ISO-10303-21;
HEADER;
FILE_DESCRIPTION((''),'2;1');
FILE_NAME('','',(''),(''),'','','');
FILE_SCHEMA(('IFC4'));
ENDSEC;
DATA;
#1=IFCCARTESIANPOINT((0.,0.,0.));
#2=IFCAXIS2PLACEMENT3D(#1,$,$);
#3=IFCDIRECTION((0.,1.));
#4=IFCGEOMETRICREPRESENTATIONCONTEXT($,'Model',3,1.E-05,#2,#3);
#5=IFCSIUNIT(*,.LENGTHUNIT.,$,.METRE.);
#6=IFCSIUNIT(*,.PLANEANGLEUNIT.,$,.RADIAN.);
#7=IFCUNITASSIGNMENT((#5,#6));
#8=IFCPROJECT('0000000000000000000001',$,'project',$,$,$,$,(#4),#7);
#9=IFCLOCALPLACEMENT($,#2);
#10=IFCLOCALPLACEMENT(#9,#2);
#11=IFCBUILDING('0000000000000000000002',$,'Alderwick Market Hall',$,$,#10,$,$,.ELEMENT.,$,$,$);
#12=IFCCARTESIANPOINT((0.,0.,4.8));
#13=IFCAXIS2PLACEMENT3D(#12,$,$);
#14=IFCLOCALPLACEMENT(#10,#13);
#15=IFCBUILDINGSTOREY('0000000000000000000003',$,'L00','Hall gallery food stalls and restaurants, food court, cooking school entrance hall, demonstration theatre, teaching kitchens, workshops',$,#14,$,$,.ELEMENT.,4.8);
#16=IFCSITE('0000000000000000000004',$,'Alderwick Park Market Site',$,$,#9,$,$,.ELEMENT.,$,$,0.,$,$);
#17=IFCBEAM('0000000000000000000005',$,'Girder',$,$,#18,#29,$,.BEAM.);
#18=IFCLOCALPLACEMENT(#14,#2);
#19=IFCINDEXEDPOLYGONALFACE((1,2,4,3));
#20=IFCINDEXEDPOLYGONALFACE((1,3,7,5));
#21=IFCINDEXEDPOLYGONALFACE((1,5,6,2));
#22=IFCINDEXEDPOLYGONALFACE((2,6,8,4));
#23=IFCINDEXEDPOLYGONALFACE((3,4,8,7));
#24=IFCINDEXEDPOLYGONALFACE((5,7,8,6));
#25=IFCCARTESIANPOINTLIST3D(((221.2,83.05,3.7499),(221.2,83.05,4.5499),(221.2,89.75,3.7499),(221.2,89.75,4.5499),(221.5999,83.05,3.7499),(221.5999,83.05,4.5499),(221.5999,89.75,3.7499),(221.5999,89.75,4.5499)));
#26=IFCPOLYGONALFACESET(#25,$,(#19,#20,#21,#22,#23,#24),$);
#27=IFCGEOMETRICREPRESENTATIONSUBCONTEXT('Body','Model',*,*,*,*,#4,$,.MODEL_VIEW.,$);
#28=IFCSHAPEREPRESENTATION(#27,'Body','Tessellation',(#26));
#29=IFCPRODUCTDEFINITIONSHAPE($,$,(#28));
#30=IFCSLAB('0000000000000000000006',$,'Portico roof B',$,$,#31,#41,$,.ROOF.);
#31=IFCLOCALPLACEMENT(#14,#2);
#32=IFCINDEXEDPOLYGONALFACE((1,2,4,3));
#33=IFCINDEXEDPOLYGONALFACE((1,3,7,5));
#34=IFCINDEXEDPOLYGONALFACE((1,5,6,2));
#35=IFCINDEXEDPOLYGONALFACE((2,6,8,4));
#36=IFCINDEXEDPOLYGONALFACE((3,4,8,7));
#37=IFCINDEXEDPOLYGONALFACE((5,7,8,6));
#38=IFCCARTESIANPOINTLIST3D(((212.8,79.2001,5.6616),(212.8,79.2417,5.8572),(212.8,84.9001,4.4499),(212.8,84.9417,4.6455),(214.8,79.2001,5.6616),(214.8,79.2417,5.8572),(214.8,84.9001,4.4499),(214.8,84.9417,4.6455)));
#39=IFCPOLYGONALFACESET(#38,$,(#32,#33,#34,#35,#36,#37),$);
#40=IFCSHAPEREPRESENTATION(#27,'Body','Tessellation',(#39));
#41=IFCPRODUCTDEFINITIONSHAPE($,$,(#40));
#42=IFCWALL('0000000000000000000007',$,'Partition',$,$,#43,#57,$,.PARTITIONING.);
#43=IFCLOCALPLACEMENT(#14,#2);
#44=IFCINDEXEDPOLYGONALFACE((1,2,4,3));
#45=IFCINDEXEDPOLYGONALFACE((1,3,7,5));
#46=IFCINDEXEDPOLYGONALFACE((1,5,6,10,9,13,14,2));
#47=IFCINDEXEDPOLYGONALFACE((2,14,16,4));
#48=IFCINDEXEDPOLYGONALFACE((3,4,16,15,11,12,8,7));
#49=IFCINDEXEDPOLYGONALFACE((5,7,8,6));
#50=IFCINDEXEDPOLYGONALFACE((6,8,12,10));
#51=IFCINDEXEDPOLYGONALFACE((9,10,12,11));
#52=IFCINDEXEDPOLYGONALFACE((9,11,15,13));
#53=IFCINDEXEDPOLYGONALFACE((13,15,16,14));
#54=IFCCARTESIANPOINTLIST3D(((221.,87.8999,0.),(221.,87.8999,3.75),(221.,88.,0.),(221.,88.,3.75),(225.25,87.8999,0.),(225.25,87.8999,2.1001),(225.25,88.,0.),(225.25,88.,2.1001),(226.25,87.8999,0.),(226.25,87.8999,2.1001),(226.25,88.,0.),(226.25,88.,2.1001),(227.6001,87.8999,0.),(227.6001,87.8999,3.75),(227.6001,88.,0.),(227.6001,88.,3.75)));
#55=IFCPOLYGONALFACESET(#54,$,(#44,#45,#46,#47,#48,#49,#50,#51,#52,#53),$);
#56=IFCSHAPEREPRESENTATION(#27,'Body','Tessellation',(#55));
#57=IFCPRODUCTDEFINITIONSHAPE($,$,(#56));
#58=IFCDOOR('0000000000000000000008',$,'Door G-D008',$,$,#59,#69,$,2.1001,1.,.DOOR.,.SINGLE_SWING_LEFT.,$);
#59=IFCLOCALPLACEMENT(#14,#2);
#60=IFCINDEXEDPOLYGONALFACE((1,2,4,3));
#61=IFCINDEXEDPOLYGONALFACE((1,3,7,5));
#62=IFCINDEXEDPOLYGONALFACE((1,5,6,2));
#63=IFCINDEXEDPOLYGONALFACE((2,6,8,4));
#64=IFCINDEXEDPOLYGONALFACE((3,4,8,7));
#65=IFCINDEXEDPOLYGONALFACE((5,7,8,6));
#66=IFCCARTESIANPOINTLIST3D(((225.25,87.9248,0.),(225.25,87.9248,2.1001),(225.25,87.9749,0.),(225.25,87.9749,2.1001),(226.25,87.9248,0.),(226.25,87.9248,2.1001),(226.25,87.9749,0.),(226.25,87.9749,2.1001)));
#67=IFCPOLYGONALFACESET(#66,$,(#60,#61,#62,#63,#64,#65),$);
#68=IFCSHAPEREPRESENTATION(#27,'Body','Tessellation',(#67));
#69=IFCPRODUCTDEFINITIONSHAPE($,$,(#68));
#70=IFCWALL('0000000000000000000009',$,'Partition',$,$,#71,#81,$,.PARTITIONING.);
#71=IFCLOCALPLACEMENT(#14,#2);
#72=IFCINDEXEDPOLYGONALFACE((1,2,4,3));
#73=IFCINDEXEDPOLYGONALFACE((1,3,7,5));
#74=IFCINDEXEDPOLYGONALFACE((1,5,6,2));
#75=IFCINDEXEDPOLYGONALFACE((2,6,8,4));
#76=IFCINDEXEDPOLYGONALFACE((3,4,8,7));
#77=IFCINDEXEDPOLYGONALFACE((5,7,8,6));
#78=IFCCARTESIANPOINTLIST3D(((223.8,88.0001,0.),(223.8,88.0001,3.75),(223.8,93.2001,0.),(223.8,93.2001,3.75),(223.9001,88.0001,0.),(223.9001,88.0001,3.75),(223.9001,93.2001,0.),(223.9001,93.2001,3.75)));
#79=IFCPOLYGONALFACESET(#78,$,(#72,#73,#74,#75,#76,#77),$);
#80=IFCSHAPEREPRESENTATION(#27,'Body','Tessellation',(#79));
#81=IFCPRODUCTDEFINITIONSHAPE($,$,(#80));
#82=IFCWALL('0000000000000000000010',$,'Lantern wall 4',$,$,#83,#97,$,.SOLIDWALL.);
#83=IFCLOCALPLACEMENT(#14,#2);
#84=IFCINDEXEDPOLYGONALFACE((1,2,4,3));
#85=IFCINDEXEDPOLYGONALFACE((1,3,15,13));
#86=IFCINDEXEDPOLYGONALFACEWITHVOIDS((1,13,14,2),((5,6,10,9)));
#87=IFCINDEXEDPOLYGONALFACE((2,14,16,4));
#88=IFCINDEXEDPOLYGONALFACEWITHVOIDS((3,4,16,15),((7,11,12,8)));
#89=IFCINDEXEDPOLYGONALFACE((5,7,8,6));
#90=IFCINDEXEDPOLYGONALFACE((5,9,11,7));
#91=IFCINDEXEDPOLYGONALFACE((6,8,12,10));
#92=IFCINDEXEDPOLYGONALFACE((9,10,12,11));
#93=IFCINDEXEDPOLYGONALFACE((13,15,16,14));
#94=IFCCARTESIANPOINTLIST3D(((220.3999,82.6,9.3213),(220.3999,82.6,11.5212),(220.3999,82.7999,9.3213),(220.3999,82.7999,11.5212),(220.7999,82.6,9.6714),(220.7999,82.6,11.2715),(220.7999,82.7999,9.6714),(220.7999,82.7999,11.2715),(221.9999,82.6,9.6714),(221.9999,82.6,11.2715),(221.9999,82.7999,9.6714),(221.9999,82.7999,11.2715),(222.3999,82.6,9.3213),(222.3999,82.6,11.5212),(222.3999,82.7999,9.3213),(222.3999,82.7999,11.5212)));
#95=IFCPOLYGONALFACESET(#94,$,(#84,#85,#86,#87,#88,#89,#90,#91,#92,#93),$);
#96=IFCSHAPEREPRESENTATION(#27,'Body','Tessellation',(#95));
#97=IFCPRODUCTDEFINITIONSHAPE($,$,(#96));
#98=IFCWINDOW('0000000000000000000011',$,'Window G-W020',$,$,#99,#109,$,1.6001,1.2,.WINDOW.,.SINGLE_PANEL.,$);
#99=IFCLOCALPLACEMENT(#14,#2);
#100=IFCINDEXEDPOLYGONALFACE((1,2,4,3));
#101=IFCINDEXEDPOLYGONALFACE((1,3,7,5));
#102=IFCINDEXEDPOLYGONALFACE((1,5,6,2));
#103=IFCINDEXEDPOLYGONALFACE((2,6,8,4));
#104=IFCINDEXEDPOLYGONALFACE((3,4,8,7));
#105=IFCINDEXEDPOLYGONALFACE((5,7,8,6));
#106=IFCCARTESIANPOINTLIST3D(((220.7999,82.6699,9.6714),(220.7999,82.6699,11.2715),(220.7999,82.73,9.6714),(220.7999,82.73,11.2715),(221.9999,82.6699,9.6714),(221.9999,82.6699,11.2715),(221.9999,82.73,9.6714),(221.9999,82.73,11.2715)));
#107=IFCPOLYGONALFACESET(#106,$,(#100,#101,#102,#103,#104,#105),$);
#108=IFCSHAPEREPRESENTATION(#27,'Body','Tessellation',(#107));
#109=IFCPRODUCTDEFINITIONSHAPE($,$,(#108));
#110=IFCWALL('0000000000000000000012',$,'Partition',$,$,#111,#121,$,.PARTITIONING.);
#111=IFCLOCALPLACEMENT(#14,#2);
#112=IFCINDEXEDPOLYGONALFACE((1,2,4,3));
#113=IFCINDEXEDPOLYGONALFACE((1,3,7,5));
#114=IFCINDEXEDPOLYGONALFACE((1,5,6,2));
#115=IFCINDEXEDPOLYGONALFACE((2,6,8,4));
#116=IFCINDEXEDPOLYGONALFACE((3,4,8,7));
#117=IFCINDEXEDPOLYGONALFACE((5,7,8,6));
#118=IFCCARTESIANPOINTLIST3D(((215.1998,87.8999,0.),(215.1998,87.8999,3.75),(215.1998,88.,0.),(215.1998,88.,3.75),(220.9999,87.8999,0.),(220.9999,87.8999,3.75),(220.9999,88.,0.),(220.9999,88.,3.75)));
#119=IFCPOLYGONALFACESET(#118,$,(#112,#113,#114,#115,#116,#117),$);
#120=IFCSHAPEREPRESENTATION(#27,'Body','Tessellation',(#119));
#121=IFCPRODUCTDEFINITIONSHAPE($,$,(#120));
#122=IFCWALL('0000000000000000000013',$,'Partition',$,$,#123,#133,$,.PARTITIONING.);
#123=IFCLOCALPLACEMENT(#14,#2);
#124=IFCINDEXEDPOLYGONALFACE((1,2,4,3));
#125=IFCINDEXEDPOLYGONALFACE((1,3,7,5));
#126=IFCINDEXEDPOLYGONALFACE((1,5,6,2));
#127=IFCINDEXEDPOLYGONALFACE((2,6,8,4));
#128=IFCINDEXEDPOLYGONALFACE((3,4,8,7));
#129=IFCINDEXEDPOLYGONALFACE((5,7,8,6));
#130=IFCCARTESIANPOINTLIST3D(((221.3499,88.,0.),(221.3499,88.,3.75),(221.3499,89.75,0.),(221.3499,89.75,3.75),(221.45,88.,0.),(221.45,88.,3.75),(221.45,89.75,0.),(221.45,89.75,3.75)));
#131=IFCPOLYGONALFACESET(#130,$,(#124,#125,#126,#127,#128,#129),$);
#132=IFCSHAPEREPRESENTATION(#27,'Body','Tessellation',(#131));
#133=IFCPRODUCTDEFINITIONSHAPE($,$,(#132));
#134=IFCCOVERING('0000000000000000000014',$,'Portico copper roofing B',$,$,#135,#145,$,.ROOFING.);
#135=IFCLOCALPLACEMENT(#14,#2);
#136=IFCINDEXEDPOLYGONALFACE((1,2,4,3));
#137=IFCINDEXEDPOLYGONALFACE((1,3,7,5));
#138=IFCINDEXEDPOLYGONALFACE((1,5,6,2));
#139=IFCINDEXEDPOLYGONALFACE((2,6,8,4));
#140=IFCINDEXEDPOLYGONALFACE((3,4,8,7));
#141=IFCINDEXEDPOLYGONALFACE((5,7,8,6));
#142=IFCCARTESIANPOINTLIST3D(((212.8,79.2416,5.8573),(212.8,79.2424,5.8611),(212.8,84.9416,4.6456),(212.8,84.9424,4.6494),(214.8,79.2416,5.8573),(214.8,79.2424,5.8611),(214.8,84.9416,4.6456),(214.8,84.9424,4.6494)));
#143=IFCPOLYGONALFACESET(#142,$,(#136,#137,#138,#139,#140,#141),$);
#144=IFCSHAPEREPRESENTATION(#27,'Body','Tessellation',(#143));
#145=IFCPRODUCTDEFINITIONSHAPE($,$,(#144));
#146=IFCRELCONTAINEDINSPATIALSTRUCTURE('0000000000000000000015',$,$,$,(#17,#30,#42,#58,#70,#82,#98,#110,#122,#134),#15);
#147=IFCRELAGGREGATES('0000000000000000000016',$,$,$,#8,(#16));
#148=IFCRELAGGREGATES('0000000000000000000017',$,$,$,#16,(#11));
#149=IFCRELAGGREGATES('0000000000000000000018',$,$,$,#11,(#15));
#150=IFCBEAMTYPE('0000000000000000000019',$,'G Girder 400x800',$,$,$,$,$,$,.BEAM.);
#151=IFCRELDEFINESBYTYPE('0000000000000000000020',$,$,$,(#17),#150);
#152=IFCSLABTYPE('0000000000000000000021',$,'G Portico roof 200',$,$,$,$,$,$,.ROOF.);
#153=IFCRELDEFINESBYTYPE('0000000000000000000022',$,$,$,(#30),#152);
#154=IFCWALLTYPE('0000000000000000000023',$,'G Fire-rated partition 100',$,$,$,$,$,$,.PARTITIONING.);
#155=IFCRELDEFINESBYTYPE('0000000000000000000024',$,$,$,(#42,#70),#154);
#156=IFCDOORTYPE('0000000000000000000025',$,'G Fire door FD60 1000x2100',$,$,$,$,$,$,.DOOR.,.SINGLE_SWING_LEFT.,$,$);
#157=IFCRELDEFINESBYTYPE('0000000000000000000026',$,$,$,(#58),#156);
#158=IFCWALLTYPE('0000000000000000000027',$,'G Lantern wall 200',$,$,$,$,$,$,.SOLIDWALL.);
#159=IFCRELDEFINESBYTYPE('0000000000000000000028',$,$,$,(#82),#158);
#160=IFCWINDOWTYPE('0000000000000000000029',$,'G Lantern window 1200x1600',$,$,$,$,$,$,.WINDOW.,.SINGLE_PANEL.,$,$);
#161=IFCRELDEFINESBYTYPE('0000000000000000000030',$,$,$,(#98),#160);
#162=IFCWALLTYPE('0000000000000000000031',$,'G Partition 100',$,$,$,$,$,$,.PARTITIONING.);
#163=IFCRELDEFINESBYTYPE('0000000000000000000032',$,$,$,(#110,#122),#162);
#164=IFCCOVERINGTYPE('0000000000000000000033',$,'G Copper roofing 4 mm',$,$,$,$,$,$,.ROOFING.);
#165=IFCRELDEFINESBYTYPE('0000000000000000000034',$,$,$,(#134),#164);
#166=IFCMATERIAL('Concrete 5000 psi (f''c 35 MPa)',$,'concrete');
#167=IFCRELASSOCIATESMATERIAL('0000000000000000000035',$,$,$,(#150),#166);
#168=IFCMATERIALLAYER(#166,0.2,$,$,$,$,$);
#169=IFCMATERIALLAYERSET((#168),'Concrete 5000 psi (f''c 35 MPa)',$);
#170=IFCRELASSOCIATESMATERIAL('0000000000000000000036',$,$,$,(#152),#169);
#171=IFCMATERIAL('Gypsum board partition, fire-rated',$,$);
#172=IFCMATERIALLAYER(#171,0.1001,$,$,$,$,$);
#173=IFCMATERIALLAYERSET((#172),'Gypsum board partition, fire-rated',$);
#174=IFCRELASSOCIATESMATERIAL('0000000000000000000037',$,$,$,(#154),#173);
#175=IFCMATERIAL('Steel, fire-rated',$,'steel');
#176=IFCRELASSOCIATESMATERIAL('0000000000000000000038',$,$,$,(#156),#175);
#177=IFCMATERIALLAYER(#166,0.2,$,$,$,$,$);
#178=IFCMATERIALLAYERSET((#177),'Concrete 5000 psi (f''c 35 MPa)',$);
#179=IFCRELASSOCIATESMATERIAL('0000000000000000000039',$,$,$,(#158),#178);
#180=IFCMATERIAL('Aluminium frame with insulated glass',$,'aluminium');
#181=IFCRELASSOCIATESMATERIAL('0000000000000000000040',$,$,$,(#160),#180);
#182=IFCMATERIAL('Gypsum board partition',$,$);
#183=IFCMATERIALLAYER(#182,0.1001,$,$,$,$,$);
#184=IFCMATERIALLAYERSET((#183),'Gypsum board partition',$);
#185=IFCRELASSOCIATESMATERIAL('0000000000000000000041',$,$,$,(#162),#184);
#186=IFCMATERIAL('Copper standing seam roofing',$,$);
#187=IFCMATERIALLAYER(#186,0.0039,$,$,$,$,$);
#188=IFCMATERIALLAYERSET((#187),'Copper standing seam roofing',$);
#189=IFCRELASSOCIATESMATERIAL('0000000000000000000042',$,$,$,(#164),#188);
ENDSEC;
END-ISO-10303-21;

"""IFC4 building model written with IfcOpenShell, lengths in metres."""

from ifc_helpers import new_model, si_unit, direction, frame, frame_2d, origin, origin_2d, place, context, subcontext, project, spatial, polyline, rectangle, outline, extrude, material, layer, layer_set, material_profile, profile_set, type_object, element, fill, save


model = new_model("IFC4")

# Units and contexts
model_context = context("Model", 3, precision=1e-05, world=origin(), true_north=direction((0.0, 1.0)))
body_context = subcontext(model_context, "Body", "Model", "MODEL_VIEW")
ifc_project = project(units=[si_unit("LENGTHUNIT", "METRE"), si_unit("PLANEANGLEUNIT", "RADIAN")], contexts=[model_context])

# Site, building, storey
site_placement = place(None, origin())
site = spatial("IfcSite", under=ifc_project, at=site_placement, Name="Alderwick Park Market Site", CompositionType="ELEMENT", RefElevation=0.0)
building_placement = place(site_placement, origin())
building = spatial("IfcBuilding", under=site, at=building_placement, Name="Alderwick Market Hall", CompositionType="ELEMENT")
storey_placement = place(building_placement, frame((0.0, 0.0, 4.8)))
storey = spatial("IfcBuildingStorey", under=building, at=storey_placement, Name="L00", Description="Hall gallery food stalls and restaurants, food court, cooking school entrance hall, demonstration theatre, teaching kitchens, workshops", CompositionType="ELEMENT", Elevation=4.8)

# Shared definitions
ifc_material_1 = material(Name="Concrete 5000 psi (f'c 35 MPa)", Category="concrete")

# Beam
ifc_material_profile_1 = material_profile(ifc_material_1, rectangle(XDim=0.3999, YDim=0.8, at=origin_2d()), Name="RC 400x800")
ifc_profile_set_1 = profile_set([ifc_material_profile_1], Name="Concrete 5000 psi (f'c 35 MPa)")
beam_type = type_object("IfcBeamType", Name="G Girder 400x800", PredefinedType="BEAM", material=ifc_profile_set_1)
beam_placement = place(storey_placement, frame((221.3999, 83.05, 4.1499), z_axis=(0.0, 1.0, 0.0), x_axis=(-1.0, 0.0, 0.0)))
element("IfcBeam", 1, at=beam_placement, inside=storey, type_object=beam_type, Name="Girder", PredefinedType="BEAM", context=body_context, shape_type="SweptSolid", body=[
    extrude(rectangle(XDim=0.3999, YDim=0.8, at=origin_2d()), origin(), (0.0, 0.0, 1.0), 6.7),
])

# Slab
ifc_layer_1 = layer(ifc_material_1, 0.2)
ifc_layer_set_1 = layer_set([ifc_layer_1], Name="Concrete 5000 psi (f'c 35 MPa)")
slab_type = type_object("IfcSlabType", Name="G Portico roof 200", PredefinedType="ROOF", material=ifc_layer_set_1)
slab_placement = place(storey_placement, frame((212.8, 84.9417, 4.6455), z_axis=(0.0, 0.207929, 0.978144), x_axis=(1.0, 0.0, 0.0)))
element("IfcSlab", 2, at=slab_placement, inside=storey, type_object=slab_type, Name="Portico roof B", PredefinedType="ROOF", context=body_context, shape_type="SweptSolid", body=[
    extrude(outline(polyline([(0.0, 0.0), (2.0, 0.0), (2.0, -5.8273), (0.0, -5.8273), (0.0, 0.0)])), origin(), (0.0, 0.0, -1.0), 0.2),
])

# Wall, opening, door
ifc_material_2 = material(Name="Gypsum board partition, fire-rated")
ifc_layer_2 = layer(ifc_material_2, 0.1001)
ifc_layer_set_2 = layer_set([ifc_layer_2], Name="Gypsum board partition, fire-rated")
wall_type_1 = type_object("IfcWallType", Name="G Fire-rated partition 100", PredefinedType="PARTITIONING", material=ifc_layer_set_2)
wall_1_placement = place(storey_placement, frame((221.0, 87.95, 0.0), z_axis=(0.0, 0.0, 1.0), x_axis=(1.0, 0.0, 0.0)))
wall_1 = element("IfcWall", 3, at=wall_1_placement, inside=storey, type_object=wall_type_1, Name="Partition", PredefinedType="PARTITIONING", context=body_context, shape_type="SweptSolid", body=[
    extrude(rectangle(XDim=6.6001, YDim=0.1001, at=frame_2d((3.3, 0.0))), origin(), (0.0, 0.0, 1.0), 3.75),
])
opening_1_placement = place(wall_1_placement, frame((4.25, 0.0, 0.0)))
opening_1 = element("IfcOpeningElement", 4, at=opening_1_placement, cuts=wall_1, PredefinedType="OPENING", context=body_context, shape_type="SweptSolid", body=[
    extrude(rectangle(XDim=1.0, YDim=2.1001, at=frame_2d((0.5, 1.05))), frame((0.0, 0.0601, 0.0), z_axis=(0.0, -1.0, 0.0), x_axis=(1.0, 0.0, 0.0)), (0.0, 0.0, 1.0), 0.1201),
])
ifc_material_3 = material(Name="Steel, fire-rated", Category="steel")
door_type = type_object("IfcDoorType", Name="G Fire door FD60 1000x2100", OperationType="SINGLE_SWING_LEFT", PredefinedType="DOOR", material=ifc_material_3)
door_placement = place(opening_1_placement, origin())
door = element("IfcDoor", 5, at=door_placement, inside=storey, type_object=door_type, Name="Door G-D008", OperationType="SINGLE_SWING_LEFT", OverallHeight=2.1001, OverallWidth=1.0, PredefinedType="DOOR", context=body_context, shape_type="SweptSolid", body=[
    extrude(rectangle(XDim=1.0, YDim=2.1001, at=frame_2d((0.5, 1.05))), frame((0.0, 0.0249, 0.0), z_axis=(0.0, -1.0, 0.0), x_axis=(1.0, 0.0, 0.0)), (0.0, 0.0, 1.0), 0.05),
])
fill(opening_1, door)

# Wall
wall_2_placement = place(storey_placement, frame((223.8501, 88.0, 0.0), z_axis=(0.0, 0.0, 1.0), x_axis=(0.0, 1.0, 0.0)))
element("IfcWall", 6, at=wall_2_placement, inside=storey, type_object=wall_type_1, Name="Partition", PredefinedType="PARTITIONING", context=body_context, shape_type="SweptSolid", body=[
    extrude(rectangle(XDim=5.2, YDim=0.1001, at=frame_2d((2.6001, 0.0))), origin(), (0.0, 0.0, 1.0), 3.75),
])

# Wall, opening, window
ifc_layer_3 = layer(ifc_material_1, 0.2)
ifc_layer_set_3 = layer_set([ifc_layer_3], Name="Concrete 5000 psi (f'c 35 MPa)")
wall_type_2 = type_object("IfcWallType", Name="G Lantern wall 200", PredefinedType="SOLIDWALL", material=ifc_layer_set_3)
wall_3_placement = place(storey_placement, frame((220.3999, 82.7, 9.3213), z_axis=(0.0, 0.0, 1.0), x_axis=(1.0, 0.0, 0.0)))
wall_3 = element("IfcWall", 7, at=wall_3_placement, inside=storey, type_object=wall_type_2, Name="Lantern wall 4", PredefinedType="SOLIDWALL", context=body_context, shape_type="SweptSolid", body=[
    extrude(rectangle(XDim=2.0, YDim=0.2, at=frame_2d((1.0, 0.0))), origin(), (0.0, 0.0, 1.0), 2.2),
])
opening_2_placement = place(wall_3_placement, frame((0.3999, 0.0, 0.3501)))
opening_2 = element("IfcOpeningElement", 8, at=opening_2_placement, cuts=wall_3, PredefinedType="OPENING", context=body_context, shape_type="SweptSolid", body=[
    extrude(rectangle(XDim=1.2, YDim=1.6001, at=frame_2d((0.6001, 0.8))), frame((0.0, 0.1099, 0.0), z_axis=(0.0, -1.0, 0.0), x_axis=(1.0, 0.0, 0.0)), (0.0, 0.0, 1.0), 0.22),
])
ifc_material_4 = material(Name="Aluminium frame with insulated glass", Category="aluminium")
window_type = type_object("IfcWindowType", Name="G Lantern window 1200x1600", PartitioningType="SINGLE_PANEL", PredefinedType="WINDOW", material=ifc_material_4)
window_placement = place(opening_2_placement, origin())
window = element("IfcWindow", 9, at=window_placement, inside=storey, type_object=window_type, Name="Window G-W020", OverallHeight=1.6001, OverallWidth=1.2, PartitioningType="SINGLE_PANEL", PredefinedType="WINDOW", context=body_context, shape_type="SweptSolid", body=[
    extrude(rectangle(XDim=1.2, YDim=1.6001, at=frame_2d((0.6001, 0.8))), frame((0.0, 0.03, 0.0), z_axis=(0.0, -1.0, 0.0), x_axis=(1.0, 0.0, 0.0)), (0.0, 0.0, 1.0), 0.0601),
])
fill(opening_2, window)

# Walls
ifc_material_5 = material(Name="Gypsum board partition")
ifc_layer_4 = layer(ifc_material_5, 0.1001)
ifc_layer_set_4 = layer_set([ifc_layer_4], Name="Gypsum board partition")
wall_type_3 = type_object("IfcWallType", Name="G Partition 100", PredefinedType="PARTITIONING", material=ifc_layer_set_4)
wall_4_placement = place(storey_placement, frame((215.2, 87.95, 0.0), z_axis=(0.0, 0.0, 1.0), x_axis=(1.0, 0.0, 0.0)))
element("IfcWall", 10, at=wall_4_placement, inside=storey, type_object=wall_type_3, Name="Partition", PredefinedType="PARTITIONING", context=body_context, shape_type="SweptSolid", body=[
    extrude(rectangle(XDim=5.8, YDim=0.1001, at=frame_2d((2.8999, 0.0))), origin(), (0.0, 0.0, 1.0), 3.75),
])
wall_5_placement = place(storey_placement, frame((221.3999, 88.0, 0.0), z_axis=(0.0, 0.0, 1.0), x_axis=(0.0, 1.0, 0.0)))
element("IfcWall", 11, at=wall_5_placement, inside=storey, type_object=wall_type_3, Name="Partition", PredefinedType="PARTITIONING", context=body_context, shape_type="SweptSolid", body=[
    extrude(rectangle(XDim=1.75, YDim=0.1001, at=frame_2d((0.875, 0.0))), origin(), (0.0, 0.0, 1.0), 3.75),
])

# Covering
ifc_material_6 = material(Name="Copper standing seam roofing")
ifc_layer_5 = layer(ifc_material_6, 0.0039)
ifc_layer_set_5 = layer_set([ifc_layer_5], Name="Copper standing seam roofing")
covering_type = type_object("IfcCoveringType", Name="G Copper roofing 4 mm", PredefinedType="ROOFING", material=ifc_layer_set_5)
covering_placement = place(storey_placement, frame((212.8, 84.9424, 4.6494), z_axis=(0.0, 0.207929, 0.978144), x_axis=(1.0, 0.0, 0.0)))
element("IfcCovering", 12, at=covering_placement, inside=storey, type_object=covering_type, Name="Portico copper roofing B", PredefinedType="ROOFING", context=body_context, shape_type="SweptSolid", body=[
    extrude(outline(polyline([(0.0, 0.0), (2.0, 0.0), (2.0, -5.8273), (0.0, -5.8273), (0.0, 0.0)])), origin(), (0.0, 0.0, -1.0), 0.0039),
])

save(model, "model.ifc")
